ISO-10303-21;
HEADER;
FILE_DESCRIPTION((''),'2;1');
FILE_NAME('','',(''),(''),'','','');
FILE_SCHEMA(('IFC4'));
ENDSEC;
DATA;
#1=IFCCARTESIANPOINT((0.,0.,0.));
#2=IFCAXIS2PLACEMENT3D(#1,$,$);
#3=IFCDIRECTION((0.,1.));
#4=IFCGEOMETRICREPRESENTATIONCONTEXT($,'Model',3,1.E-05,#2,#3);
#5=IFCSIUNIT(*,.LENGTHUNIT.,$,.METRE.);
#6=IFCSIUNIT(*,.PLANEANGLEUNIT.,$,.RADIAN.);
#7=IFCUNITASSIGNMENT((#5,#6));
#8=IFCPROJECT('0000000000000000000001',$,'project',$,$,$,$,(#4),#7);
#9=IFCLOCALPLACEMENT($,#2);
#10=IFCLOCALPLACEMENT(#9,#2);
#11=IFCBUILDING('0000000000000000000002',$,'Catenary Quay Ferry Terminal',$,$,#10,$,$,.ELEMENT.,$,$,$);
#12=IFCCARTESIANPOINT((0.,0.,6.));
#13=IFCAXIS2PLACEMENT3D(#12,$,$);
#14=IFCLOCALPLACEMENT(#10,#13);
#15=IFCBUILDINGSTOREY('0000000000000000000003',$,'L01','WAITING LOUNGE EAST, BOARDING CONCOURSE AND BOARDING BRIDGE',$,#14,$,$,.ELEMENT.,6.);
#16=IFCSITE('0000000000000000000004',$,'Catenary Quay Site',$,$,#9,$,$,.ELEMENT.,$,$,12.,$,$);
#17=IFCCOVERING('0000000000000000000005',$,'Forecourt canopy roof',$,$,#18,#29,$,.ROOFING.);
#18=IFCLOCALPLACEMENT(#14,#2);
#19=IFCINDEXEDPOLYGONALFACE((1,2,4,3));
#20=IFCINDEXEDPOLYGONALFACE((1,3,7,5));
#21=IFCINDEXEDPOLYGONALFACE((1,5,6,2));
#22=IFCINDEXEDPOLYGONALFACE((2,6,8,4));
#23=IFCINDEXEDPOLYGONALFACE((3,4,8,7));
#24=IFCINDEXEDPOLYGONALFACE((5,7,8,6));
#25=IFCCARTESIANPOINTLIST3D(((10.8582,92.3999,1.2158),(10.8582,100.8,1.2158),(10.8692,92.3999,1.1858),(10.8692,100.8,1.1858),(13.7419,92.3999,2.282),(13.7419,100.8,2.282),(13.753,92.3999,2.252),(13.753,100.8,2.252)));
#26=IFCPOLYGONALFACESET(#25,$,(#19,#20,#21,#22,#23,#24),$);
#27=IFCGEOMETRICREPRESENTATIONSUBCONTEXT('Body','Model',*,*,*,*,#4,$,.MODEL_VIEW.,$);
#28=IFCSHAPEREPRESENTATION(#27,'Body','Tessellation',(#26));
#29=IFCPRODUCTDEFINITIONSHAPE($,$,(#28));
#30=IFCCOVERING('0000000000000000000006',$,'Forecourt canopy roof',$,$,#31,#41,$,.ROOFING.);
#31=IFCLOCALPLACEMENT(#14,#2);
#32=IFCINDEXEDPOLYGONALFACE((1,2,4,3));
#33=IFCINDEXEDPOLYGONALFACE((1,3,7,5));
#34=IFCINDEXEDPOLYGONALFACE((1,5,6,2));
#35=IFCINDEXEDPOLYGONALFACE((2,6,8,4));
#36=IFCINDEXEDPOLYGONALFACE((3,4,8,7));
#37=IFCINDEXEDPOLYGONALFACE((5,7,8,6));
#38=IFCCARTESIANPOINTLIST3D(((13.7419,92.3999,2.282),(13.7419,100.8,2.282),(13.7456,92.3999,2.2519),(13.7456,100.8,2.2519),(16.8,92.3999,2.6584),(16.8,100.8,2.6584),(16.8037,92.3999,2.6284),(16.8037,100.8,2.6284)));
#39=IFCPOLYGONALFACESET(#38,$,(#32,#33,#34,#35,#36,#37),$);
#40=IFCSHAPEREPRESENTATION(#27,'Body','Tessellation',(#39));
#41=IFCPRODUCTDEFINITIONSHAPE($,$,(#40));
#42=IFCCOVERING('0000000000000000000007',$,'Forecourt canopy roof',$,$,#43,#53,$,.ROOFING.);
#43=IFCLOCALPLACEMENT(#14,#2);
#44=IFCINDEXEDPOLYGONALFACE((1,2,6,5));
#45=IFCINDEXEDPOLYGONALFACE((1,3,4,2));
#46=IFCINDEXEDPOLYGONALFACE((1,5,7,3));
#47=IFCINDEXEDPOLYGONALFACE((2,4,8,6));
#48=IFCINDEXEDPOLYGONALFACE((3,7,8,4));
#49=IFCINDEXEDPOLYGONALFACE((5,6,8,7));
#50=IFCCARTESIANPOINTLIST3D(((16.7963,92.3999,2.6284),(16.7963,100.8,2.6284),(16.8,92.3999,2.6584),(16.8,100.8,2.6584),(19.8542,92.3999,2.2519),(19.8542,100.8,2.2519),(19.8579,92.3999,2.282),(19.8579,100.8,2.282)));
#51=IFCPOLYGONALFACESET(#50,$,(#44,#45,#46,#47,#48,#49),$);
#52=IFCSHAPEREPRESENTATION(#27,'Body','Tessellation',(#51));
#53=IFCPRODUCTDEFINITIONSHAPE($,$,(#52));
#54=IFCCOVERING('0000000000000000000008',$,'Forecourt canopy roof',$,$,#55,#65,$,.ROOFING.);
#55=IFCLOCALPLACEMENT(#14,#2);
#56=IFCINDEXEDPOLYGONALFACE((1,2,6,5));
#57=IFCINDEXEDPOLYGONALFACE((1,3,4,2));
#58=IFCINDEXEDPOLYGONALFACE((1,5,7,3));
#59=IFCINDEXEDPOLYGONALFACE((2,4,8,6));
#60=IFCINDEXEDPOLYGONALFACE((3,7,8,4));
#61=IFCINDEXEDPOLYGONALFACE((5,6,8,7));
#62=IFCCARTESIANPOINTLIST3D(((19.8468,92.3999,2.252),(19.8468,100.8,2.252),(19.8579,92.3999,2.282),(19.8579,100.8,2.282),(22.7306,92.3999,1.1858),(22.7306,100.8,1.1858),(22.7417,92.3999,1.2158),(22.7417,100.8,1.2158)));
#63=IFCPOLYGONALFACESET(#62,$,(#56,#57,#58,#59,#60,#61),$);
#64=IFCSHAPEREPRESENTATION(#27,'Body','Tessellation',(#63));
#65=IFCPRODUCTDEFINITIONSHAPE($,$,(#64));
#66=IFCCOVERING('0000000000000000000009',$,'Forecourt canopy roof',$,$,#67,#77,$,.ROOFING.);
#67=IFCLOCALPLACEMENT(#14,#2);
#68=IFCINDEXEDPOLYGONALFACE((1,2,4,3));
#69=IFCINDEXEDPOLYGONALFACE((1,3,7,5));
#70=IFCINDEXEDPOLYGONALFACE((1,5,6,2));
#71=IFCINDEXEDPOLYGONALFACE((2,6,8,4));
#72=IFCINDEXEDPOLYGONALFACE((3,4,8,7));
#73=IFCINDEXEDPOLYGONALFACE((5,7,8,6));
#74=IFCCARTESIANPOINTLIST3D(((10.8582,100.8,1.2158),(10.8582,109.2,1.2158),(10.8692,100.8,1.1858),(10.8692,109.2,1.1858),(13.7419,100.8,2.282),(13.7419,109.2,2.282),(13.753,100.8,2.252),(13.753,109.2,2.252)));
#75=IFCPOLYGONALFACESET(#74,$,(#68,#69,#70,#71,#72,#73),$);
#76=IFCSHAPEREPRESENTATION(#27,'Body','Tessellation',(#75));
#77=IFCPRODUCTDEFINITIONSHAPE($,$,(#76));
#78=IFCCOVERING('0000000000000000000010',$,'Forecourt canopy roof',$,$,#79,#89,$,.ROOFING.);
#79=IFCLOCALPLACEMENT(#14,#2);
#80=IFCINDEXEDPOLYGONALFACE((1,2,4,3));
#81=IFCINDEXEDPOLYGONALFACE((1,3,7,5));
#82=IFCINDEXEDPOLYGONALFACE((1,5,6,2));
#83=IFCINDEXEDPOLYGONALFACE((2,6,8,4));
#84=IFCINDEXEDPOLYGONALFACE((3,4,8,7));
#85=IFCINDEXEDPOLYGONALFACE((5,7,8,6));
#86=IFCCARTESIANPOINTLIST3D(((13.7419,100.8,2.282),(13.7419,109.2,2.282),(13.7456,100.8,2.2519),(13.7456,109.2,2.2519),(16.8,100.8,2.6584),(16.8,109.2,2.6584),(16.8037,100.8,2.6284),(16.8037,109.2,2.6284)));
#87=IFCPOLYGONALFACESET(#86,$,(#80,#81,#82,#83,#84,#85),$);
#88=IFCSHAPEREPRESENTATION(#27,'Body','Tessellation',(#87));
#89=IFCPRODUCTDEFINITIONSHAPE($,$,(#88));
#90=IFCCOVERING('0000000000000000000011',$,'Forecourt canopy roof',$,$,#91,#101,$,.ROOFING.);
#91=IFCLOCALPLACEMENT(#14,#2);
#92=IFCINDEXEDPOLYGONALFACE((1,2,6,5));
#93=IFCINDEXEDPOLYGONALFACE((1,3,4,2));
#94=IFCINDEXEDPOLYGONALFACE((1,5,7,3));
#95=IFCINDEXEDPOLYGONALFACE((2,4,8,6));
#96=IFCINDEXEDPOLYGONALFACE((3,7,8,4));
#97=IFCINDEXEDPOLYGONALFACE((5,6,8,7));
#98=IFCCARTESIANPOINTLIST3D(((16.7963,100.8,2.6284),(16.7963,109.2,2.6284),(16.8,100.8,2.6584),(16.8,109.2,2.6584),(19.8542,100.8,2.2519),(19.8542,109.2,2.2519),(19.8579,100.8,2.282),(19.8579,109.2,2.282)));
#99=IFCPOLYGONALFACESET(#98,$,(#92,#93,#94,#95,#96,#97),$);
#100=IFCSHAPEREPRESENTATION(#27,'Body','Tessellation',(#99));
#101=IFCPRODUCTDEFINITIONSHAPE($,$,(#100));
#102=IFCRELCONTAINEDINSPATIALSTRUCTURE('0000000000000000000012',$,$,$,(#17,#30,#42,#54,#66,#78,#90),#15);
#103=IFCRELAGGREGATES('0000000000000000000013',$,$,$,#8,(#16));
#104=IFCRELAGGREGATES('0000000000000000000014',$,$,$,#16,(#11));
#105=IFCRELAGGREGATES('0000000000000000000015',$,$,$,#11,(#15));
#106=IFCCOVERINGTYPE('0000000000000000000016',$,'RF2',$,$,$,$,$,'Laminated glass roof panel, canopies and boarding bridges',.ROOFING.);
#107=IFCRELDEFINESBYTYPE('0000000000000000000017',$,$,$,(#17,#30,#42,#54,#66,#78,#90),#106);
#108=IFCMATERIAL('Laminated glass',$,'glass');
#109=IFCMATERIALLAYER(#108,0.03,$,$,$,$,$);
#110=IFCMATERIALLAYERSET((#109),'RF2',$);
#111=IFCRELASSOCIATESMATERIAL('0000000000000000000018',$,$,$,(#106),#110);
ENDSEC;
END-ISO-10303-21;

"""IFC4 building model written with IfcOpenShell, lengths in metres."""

from ifc_helpers import new_model, si_unit, direction, frame, origin, place, context, subcontext, project, spatial, polyline, outline, extrude, material, layer, layer_set, type_object, element, save


model = new_model("IFC4")

# Units and contexts
model_context = context("Model", 3, precision=1e-05, world=origin(), true_north=direction((0.0, 1.0)))
body_context = subcontext(model_context, "Body", "Model", "MODEL_VIEW")
ifc_project = project(units=[si_unit("LENGTHUNIT", "METRE"), si_unit("PLANEANGLEUNIT", "RADIAN")], contexts=[model_context])

# Site, building, storey
site_placement = place(None, origin())
site = spatial("IfcSite", under=ifc_project, at=site_placement, Name="Catenary Quay Site", CompositionType="ELEMENT", RefElevation=12.0)
building_placement = place(site_placement, origin())
building = spatial("IfcBuilding", under=site, at=building_placement, Name="Catenary Quay Ferry Terminal", CompositionType="ELEMENT")
storey_placement = place(building_placement, frame((0.0, 0.0, 6.0)))
storey = spatial("IfcBuildingStorey", under=building, at=storey_placement, Name="L01", Description="WAITING LOUNGE EAST, BOARDING CONCOURSE AND BOARDING BRIDGE", CompositionType="ELEMENT", Elevation=6.0)

# Coverings
ifc_material_1 = material(Name="Laminated glass", Category="glass")
ifc_layer_1 = layer(ifc_material_1, 0.03)
ifc_layer_set_1 = layer_set([ifc_layer_1], Name="RF2")
covering_type = type_object("IfcCoveringType", Name="RF2", ElementType="Laminated glass roof panel, canopies and boarding bridges", PredefinedType="ROOFING", material=ifc_layer_set_1)
covering_1_placement = place(storey_placement, frame((10.8582, 92.3999, 1.2158), z_axis=(-0.346769, 0.0, 0.937951), x_axis=(0.0, 1.0, 0.0)))
element("IfcCovering", 1, at=covering_1_placement, inside=storey, type_object=covering_type, Name="Forecourt canopy roof", PredefinedType="ROOFING", context=body_context, shape_type="SweptSolid", body=[
    extrude(outline(polyline([(0.0, 0.0), (8.4001, 0.0), (8.4001, -3.0746), (0.0, -3.0746), (0.0, 0.0)])), origin(), (0.0, 0.0, -1.0), 0.032),
])
covering_2_placement = place(storey_placement, frame((13.7419, 92.3999, 2.282), z_axis=(-0.122182, 0.0, 0.992508), x_axis=(0.0, 1.0, 0.0)))
element("IfcCovering", 2, at=covering_2_placement, inside=storey, type_object=covering_type, Name="Forecourt canopy roof", PredefinedType="ROOFING", context=body_context, shape_type="SweptSolid", body=[
    extrude(outline(polyline([(0.0, 0.0), (8.4001, 0.0), (8.4001, -3.0812), (0.0, -3.0812), (0.0, 0.0)])), origin(), (0.0, 0.0, -1.0), 0.0303),
])
covering_3_placement = place(storey_placement, frame((16.8, 92.3999, 2.6584), z_axis=(0.122191, 0.0, 0.992507), x_axis=(0.0, 1.0, 0.0)))
element("IfcCovering", 3, at=covering_3_placement, inside=storey, type_object=covering_type, Name="Forecourt canopy roof", PredefinedType="ROOFING", context=body_context, shape_type="SweptSolid", body=[
    extrude(outline(polyline([(0.0, 0.0), (8.4001, 0.0), (8.4001, -3.0809), (0.0, -3.0809), (0.0, 0.0)])), origin(), (0.0, 0.0, -1.0), 0.0303),
])
covering_4_placement = place(storey_placement, frame((19.8579, 92.3999, 2.282), z_axis=(0.346769, 0.0, 0.937951), x_axis=(0.0, 1.0, 0.0)))
element("IfcCovering", 4, at=covering_4_placement, inside=storey, type_object=covering_type, Name="Forecourt canopy roof", PredefinedType="ROOFING", context=body_context, shape_type="SweptSolid", body=[
    extrude(outline(polyline([(0.0, 0.0), (8.4001, 0.0), (8.4001, -3.0746), (0.0, -3.0746), (0.0, 0.0)])), origin(), (0.0, 0.0, -1.0), 0.032),
])
covering_5_placement = place(storey_placement, frame((10.8582, 100.8, 1.2158), z_axis=(-0.346769, 0.0, 0.937951), x_axis=(0.0, 1.0, 0.0)))
element("IfcCovering", 5, at=covering_5_placement, inside=storey, type_object=covering_type, Name="Forecourt canopy roof", PredefinedType="ROOFING", context=body_context, shape_type="SweptSolid", body=[
    extrude(outline(polyline([(0.0, 0.0), (8.3999, 0.0), (8.3999, -3.0746), (0.0, -3.0746), (0.0, 0.0)])), origin(), (0.0, 0.0, -1.0), 0.032),
])
covering_6_placement = place(storey_placement, frame((13.7419, 100.8, 2.282), z_axis=(-0.122182, 0.0, 0.992508), x_axis=(0.0, 1.0, 0.0)))
element("IfcCovering", 6, at=covering_6_placement, inside=storey, type_object=covering_type, Name="Forecourt canopy roof", PredefinedType="ROOFING", context=body_context, shape_type="SweptSolid", body=[
    extrude(outline(polyline([(0.0, 0.0), (8.3999, 0.0), (8.3999, -3.0812), (0.0, -3.0812), (0.0, 0.0)])), origin(), (0.0, 0.0, -1.0), 0.0303),
])
covering_7_placement = place(storey_placement, frame((16.8, 100.8, 2.6584), z_axis=(0.122191, 0.0, 0.992507), x_axis=(0.0, 1.0, 0.0)))
element("IfcCovering", 7, at=covering_7_placement, inside=storey, type_object=covering_type, Name="Forecourt canopy roof", PredefinedType="ROOFING", context=body_context, shape_type="SweptSolid", body=[
    extrude(outline(polyline([(0.0, 0.0), (8.3999, 0.0), (8.3999, -3.0809), (0.0, -3.0809), (0.0, 0.0)])), origin(), (0.0, 0.0, -1.0), 0.0303),
])

save(model, "model.ifc")
